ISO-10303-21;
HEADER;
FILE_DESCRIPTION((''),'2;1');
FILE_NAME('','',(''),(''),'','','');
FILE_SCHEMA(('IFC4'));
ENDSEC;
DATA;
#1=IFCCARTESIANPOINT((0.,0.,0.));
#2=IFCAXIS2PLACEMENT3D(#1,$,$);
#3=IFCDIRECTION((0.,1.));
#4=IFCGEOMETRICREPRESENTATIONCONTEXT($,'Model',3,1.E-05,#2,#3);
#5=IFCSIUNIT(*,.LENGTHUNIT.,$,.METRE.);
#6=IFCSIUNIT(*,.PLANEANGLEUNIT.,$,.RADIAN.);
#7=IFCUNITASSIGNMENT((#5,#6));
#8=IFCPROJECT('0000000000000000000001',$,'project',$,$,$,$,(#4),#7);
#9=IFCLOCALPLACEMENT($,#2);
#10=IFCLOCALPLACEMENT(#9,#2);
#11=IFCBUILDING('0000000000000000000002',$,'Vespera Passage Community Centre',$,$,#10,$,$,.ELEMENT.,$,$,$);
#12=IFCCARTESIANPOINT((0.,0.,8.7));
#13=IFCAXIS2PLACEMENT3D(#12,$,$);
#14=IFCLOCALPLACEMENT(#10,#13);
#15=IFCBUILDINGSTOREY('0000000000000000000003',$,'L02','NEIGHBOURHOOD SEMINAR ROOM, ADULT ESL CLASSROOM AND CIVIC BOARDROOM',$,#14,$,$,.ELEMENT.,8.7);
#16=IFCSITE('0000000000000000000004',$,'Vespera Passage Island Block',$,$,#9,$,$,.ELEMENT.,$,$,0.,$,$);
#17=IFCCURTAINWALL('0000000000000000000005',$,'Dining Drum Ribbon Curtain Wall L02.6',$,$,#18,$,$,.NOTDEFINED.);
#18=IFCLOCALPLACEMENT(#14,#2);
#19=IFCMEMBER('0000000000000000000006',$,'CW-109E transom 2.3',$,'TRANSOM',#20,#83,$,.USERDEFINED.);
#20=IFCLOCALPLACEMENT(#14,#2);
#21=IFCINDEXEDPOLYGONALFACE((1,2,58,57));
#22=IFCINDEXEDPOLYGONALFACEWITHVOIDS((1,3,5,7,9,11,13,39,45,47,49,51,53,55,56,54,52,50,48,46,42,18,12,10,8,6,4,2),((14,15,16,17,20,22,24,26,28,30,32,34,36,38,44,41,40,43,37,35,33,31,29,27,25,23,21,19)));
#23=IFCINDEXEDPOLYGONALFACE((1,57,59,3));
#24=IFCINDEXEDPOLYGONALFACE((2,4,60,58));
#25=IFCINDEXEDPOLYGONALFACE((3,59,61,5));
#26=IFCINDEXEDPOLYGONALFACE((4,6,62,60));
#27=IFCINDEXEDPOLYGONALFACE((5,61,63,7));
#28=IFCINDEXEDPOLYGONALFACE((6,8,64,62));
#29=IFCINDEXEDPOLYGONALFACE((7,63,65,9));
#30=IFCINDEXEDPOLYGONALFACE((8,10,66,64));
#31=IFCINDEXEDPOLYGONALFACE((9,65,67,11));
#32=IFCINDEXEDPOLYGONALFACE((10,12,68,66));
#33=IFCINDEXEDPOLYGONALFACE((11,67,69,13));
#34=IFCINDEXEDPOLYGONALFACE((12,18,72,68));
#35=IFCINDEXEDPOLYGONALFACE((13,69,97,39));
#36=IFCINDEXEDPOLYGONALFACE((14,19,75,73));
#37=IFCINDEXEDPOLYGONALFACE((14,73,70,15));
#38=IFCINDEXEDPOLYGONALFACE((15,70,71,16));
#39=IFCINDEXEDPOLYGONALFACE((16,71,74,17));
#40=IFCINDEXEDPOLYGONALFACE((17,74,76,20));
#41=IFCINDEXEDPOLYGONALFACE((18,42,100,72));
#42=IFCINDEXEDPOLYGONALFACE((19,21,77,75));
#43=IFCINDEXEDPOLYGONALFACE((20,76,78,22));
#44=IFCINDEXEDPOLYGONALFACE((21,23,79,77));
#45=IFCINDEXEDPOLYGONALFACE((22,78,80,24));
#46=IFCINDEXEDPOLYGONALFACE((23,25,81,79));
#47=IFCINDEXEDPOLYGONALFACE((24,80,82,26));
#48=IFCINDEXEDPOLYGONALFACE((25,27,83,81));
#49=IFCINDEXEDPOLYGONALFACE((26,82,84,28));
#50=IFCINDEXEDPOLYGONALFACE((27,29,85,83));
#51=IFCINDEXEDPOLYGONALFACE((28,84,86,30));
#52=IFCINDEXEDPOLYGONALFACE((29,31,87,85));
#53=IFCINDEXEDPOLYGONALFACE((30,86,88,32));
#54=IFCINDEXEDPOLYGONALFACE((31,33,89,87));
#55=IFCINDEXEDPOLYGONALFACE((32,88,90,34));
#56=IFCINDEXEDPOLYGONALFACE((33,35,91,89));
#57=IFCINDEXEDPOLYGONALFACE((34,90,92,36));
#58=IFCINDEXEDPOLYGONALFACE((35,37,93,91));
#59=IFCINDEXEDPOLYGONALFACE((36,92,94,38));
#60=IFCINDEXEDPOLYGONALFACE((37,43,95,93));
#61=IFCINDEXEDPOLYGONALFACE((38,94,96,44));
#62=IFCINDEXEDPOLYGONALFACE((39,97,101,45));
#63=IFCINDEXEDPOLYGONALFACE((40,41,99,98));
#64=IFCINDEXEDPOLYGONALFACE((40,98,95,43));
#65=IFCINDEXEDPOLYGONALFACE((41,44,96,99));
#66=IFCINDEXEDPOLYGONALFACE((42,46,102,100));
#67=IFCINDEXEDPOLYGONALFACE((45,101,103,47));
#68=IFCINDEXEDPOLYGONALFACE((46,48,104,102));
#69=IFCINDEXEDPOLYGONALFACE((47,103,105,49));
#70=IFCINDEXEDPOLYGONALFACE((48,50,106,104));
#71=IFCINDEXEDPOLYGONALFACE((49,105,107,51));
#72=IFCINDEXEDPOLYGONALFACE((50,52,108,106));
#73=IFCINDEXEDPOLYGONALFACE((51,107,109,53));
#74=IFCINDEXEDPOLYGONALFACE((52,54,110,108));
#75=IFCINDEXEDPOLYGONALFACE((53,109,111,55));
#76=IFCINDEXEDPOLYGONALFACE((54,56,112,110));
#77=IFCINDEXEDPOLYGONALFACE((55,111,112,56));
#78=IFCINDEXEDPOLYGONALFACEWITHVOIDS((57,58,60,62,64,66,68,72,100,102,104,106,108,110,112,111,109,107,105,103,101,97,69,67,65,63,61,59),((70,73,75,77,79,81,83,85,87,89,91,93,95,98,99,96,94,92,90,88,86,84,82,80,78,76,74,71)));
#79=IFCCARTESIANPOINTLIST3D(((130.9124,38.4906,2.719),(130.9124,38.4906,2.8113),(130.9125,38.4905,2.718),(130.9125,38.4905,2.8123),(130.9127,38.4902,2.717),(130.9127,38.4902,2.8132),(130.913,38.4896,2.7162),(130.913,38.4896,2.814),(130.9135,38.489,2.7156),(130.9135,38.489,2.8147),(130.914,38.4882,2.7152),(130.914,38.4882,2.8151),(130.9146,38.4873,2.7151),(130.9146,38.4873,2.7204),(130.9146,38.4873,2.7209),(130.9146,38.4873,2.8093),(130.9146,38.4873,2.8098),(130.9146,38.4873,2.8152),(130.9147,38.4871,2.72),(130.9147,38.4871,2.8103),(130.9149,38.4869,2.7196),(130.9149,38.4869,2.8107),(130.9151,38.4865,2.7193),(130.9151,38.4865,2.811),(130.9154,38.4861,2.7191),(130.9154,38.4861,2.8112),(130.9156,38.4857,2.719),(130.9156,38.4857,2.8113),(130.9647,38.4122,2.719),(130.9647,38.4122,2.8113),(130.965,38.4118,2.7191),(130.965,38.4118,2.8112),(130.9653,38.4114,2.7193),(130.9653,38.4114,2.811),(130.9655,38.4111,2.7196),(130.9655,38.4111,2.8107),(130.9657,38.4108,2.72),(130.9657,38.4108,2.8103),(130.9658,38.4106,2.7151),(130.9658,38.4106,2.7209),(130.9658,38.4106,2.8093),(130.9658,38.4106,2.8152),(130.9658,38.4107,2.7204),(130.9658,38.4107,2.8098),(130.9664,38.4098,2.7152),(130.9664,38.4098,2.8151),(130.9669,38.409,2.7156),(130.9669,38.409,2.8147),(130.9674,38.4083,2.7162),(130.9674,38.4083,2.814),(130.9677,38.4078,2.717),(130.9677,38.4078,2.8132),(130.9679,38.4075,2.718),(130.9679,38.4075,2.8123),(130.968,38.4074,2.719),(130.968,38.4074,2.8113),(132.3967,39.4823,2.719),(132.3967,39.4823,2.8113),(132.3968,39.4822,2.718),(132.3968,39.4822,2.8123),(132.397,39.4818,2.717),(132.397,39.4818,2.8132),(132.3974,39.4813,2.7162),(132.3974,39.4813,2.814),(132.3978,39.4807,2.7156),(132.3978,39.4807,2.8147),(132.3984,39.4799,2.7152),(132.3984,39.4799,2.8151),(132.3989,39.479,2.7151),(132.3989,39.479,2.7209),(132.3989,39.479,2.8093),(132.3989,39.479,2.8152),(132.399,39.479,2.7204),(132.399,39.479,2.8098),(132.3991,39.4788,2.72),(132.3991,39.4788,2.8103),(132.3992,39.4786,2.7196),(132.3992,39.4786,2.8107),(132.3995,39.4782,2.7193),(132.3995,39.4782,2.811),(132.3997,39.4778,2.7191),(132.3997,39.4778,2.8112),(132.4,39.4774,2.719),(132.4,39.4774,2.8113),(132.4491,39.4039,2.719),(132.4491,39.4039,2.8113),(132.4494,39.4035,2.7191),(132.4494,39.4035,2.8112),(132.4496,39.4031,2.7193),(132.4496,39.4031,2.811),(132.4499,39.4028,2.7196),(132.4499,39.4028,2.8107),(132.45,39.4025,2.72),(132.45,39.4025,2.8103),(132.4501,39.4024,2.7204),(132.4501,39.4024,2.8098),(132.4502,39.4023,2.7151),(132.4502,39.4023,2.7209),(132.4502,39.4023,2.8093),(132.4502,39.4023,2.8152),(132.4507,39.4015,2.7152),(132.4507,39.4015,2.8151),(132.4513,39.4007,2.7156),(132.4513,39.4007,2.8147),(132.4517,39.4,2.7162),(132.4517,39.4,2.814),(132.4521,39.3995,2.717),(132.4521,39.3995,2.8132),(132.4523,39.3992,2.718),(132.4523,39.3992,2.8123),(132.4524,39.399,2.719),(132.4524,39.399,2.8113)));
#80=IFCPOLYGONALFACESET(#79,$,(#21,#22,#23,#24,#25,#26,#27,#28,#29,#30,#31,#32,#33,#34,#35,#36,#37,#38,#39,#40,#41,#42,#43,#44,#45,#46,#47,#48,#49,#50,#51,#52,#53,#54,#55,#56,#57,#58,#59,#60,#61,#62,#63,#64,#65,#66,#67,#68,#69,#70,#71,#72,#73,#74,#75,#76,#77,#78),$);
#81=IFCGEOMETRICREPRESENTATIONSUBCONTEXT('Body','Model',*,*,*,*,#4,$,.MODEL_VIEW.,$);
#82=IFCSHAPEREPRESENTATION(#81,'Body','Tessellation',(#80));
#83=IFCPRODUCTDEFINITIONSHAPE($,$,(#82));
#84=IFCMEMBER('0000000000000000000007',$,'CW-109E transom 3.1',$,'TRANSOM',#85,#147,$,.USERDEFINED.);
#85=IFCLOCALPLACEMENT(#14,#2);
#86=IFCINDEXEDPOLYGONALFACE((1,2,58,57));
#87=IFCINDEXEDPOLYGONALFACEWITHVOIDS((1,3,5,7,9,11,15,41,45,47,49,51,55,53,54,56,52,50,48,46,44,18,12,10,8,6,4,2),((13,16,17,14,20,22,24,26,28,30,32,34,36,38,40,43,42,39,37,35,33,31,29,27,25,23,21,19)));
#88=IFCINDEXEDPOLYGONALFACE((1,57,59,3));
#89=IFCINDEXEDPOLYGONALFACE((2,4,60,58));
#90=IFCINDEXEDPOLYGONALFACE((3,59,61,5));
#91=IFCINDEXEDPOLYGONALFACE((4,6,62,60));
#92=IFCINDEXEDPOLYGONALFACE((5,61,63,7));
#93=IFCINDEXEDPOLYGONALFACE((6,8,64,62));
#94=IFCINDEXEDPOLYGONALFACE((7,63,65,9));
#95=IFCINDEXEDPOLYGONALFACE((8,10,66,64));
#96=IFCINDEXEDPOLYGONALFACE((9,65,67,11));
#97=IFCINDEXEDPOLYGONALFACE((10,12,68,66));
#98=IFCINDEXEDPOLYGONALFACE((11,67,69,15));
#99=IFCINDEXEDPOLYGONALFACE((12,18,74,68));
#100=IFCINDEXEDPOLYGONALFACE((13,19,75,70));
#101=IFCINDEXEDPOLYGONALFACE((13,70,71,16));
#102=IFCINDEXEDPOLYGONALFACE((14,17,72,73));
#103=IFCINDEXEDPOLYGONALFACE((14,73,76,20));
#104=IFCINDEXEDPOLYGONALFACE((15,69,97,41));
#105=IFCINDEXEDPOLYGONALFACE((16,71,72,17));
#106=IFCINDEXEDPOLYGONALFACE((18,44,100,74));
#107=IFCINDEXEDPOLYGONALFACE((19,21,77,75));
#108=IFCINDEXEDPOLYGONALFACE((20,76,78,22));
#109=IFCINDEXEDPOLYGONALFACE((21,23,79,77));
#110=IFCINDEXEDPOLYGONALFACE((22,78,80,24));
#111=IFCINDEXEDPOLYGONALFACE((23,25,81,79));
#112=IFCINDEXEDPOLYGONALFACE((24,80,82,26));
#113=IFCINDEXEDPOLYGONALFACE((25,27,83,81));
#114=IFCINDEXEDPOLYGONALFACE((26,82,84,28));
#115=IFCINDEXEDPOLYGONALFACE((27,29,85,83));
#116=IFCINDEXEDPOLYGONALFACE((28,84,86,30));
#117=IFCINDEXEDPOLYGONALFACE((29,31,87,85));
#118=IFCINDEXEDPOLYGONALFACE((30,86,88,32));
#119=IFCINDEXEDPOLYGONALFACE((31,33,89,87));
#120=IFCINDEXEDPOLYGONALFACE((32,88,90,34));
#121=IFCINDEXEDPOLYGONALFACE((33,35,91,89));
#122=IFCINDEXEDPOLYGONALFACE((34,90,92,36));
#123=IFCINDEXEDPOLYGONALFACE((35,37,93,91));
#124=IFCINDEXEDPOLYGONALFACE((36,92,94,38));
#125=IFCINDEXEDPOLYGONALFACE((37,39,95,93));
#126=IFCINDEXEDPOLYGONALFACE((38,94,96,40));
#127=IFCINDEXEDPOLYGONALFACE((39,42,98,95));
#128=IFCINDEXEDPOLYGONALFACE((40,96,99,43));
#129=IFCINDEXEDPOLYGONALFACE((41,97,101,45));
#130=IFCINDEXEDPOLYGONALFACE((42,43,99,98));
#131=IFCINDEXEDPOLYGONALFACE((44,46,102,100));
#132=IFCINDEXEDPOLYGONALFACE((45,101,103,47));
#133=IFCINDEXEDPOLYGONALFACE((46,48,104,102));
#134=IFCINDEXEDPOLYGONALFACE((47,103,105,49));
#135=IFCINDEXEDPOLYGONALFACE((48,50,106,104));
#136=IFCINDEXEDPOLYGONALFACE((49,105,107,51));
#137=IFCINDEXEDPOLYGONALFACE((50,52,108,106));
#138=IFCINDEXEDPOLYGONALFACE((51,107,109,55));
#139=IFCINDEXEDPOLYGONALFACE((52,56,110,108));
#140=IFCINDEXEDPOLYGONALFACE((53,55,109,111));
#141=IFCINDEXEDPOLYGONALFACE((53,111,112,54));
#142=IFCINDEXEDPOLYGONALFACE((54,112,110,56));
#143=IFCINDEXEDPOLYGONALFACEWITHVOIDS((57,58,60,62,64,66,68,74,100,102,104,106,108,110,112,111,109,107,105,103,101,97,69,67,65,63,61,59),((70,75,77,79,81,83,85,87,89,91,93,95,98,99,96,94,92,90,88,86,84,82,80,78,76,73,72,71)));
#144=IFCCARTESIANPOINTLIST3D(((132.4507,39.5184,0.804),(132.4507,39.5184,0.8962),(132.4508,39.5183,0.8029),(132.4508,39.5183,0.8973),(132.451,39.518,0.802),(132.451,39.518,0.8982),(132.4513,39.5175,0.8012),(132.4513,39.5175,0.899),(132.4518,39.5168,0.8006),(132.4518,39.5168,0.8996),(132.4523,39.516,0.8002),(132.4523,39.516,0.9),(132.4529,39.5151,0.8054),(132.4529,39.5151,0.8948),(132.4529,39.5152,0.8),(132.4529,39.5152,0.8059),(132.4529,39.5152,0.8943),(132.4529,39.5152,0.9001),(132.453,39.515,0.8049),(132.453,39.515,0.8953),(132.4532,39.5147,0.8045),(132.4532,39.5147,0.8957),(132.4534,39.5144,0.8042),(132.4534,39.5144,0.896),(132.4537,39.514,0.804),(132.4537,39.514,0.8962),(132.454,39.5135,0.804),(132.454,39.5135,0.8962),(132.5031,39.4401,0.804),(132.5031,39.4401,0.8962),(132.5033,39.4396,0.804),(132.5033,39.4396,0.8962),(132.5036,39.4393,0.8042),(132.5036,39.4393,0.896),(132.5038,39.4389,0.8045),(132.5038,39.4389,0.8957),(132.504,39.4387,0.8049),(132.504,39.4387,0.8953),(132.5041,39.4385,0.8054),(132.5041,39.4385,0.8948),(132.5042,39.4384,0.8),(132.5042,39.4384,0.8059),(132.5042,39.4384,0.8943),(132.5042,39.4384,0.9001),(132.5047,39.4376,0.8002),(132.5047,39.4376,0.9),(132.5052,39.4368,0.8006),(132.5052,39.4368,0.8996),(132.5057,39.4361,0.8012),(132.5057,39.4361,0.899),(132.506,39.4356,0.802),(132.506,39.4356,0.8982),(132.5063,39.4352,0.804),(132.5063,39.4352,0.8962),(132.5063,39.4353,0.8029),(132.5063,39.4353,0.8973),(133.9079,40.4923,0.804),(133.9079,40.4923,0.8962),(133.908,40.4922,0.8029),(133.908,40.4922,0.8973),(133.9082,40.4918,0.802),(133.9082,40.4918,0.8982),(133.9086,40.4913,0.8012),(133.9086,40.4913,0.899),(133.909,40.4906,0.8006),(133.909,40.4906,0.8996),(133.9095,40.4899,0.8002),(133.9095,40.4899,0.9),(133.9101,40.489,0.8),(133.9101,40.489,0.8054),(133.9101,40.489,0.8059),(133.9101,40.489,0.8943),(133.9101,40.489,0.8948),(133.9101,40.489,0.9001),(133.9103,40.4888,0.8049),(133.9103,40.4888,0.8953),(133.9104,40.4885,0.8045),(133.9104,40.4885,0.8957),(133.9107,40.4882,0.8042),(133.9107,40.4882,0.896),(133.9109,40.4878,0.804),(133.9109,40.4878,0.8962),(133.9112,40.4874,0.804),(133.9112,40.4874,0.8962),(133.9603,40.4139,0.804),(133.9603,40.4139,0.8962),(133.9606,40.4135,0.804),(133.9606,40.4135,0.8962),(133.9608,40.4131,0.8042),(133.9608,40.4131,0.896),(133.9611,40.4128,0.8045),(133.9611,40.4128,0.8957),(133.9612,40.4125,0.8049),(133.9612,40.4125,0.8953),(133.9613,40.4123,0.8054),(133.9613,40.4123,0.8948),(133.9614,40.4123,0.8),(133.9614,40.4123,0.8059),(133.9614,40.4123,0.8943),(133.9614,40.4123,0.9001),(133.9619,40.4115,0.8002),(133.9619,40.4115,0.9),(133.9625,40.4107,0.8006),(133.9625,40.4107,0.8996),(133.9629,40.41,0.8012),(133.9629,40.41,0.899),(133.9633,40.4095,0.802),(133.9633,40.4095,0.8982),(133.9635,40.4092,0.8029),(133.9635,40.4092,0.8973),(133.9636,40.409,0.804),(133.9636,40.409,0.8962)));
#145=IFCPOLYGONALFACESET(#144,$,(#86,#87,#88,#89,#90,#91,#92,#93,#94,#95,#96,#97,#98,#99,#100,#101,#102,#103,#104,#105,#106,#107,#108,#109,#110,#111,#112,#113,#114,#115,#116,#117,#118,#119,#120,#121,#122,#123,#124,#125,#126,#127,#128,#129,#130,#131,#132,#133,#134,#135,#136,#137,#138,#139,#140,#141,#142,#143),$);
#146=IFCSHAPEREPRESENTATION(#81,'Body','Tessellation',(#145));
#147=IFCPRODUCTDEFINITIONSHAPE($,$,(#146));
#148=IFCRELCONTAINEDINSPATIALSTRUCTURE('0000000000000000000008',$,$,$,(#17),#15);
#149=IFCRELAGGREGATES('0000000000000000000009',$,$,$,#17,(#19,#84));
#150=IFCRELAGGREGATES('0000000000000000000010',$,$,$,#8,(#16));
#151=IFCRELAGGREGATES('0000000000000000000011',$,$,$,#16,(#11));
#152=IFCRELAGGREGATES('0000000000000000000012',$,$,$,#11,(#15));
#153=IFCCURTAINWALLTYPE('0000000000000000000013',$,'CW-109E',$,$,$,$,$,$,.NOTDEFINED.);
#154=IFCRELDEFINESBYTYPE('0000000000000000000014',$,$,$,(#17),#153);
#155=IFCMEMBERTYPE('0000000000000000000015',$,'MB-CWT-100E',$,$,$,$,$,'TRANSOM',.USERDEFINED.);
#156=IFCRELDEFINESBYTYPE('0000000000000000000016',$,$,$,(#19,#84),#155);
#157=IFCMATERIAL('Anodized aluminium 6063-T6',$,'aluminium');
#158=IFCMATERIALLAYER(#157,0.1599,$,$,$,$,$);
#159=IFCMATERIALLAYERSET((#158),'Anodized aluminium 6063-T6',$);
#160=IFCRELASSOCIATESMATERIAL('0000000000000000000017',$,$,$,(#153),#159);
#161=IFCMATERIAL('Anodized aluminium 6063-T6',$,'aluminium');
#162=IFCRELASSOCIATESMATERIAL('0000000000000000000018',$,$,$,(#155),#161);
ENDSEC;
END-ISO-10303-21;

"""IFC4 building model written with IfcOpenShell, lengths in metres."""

from ifc_helpers import new_model, si_unit, direction, frame, origin, origin_2d, place, context, subcontext, project, spatial, hollow_rectangle, extrude, material, layer, layer_set, material_profile, profile_set, type_object, element, aggregate, save


model = new_model("IFC4")

# Units and contexts
model_context = context("Model", 3, precision=1e-05, world=origin(), true_north=direction((0.0, 1.0)))
body_context = subcontext(model_context, "Body", "Model", "MODEL_VIEW")
ifc_project = project(units=[si_unit("LENGTHUNIT", "METRE"), si_unit("PLANEANGLEUNIT", "RADIAN")], contexts=[model_context])

# Site, building, storey
site_placement = place(None, origin())
site = spatial("IfcSite", under=ifc_project, at=site_placement, Name="Vespera Passage Island Block", CompositionType="ELEMENT", RefElevation=0.0)
building_placement = place(site_placement, origin())
building = spatial("IfcBuilding", under=site, at=building_placement, Name="Vespera Passage Community Centre", CompositionType="ELEMENT")
storey_placement = place(building_placement, frame((0.0, 0.0, 8.7)))
storey = spatial("IfcBuildingStorey", under=building, at=storey_placement, Name="L02", Description="NEIGHBOURHOOD SEMINAR ROOM, ADULT ESL CLASSROOM AND CIVIC BOARDROOM", CompositionType="ELEMENT", Elevation=8.7)

# Curtain wall
ifc_material_1 = material(Name="Anodized aluminium 6063-T6", Category="aluminium")
ifc_layer_1 = layer(ifc_material_1, 0.1599)
ifc_layer_set_1 = layer_set([ifc_layer_1], Name="Anodized aluminium 6063-T6")
curtain_wall_type_1 = type_object("IfcCurtainWallType", Name="CW-109E", PredefinedType="NOTDEFINED", material=ifc_layer_set_1)
curtain_wall_1_placement = place(storey_placement, origin())
curtain_wall_1 = element("IfcCurtainWall", 1, at=curtain_wall_1_placement, inside=storey, type_object=curtain_wall_type_1, Name="Dining Drum Ribbon Curtain Wall L02.6", PredefinedType="NOTDEFINED")

# Members
ifc_material_2 = material(Name="Anodized aluminium 6063-T6", Category="aluminium")
ifc_material_profile_1 = material_profile(ifc_material_2, hollow_rectangle(XDim=0.1001, YDim=0.1001, WallThickness=0.0039, InnerFilletRadius=0.002, OuterFilletRadius=0.0039, at=origin_2d()), Name="ALU100X100X4")
ifc_profile_set_1 = profile_set([ifc_material_profile_1], Name="Anodized aluminium 6063-T6")
member_type_1 = type_object("IfcMemberType", Name="MB-CWT-100E", ElementType="TRANSOM", PredefinedType="USERDEFINED", material=ifc_profile_set_1)
member_1_placement = place(storey_placement, frame((130.9402, 38.449, 2.7651), z_axis=(0.831503, 0.55552, 0.0), x_axis=(-0.55552, 0.831503, 0.0)))
member_1 = element("IfcMember", 2, at=member_1_placement, type_object=member_type_1, Name="CW-109E transom 2.3", ObjectType="TRANSOM", PredefinedType="USERDEFINED", context=body_context, shape_type="SweptSolid", body=[
    extrude(hollow_rectangle(XDim=0.1001, YDim=0.1001, WallThickness=0.0039, InnerFilletRadius=0.002, OuterFilletRadius=0.0039, at=origin_2d()), origin(), (0.0, 0.0, 1.0), 1.7852),
])
member_2_placement = place(storey_placement, frame((132.4785, 39.4768, 0.8501), z_axis=(0.831428, 0.555632, 0.0), x_axis=(-0.555632, 0.831428, 0.0)))
member_2 = element("IfcMember", 3, at=member_2_placement, type_object=member_type_1, Name="CW-109E transom 3.1", ObjectType="TRANSOM", PredefinedType="USERDEFINED", context=body_context, shape_type="SweptSolid", body=[
    extrude(hollow_rectangle(XDim=0.1001, YDim=0.1001, WallThickness=0.0039, InnerFilletRadius=0.002, OuterFilletRadius=0.0039, at=origin_2d()), origin(), (0.0, 0.0, 1.0), 1.7527),
])

aggregate(curtain_wall_1, [member_1, member_2])

save(model, "model.ifc")
